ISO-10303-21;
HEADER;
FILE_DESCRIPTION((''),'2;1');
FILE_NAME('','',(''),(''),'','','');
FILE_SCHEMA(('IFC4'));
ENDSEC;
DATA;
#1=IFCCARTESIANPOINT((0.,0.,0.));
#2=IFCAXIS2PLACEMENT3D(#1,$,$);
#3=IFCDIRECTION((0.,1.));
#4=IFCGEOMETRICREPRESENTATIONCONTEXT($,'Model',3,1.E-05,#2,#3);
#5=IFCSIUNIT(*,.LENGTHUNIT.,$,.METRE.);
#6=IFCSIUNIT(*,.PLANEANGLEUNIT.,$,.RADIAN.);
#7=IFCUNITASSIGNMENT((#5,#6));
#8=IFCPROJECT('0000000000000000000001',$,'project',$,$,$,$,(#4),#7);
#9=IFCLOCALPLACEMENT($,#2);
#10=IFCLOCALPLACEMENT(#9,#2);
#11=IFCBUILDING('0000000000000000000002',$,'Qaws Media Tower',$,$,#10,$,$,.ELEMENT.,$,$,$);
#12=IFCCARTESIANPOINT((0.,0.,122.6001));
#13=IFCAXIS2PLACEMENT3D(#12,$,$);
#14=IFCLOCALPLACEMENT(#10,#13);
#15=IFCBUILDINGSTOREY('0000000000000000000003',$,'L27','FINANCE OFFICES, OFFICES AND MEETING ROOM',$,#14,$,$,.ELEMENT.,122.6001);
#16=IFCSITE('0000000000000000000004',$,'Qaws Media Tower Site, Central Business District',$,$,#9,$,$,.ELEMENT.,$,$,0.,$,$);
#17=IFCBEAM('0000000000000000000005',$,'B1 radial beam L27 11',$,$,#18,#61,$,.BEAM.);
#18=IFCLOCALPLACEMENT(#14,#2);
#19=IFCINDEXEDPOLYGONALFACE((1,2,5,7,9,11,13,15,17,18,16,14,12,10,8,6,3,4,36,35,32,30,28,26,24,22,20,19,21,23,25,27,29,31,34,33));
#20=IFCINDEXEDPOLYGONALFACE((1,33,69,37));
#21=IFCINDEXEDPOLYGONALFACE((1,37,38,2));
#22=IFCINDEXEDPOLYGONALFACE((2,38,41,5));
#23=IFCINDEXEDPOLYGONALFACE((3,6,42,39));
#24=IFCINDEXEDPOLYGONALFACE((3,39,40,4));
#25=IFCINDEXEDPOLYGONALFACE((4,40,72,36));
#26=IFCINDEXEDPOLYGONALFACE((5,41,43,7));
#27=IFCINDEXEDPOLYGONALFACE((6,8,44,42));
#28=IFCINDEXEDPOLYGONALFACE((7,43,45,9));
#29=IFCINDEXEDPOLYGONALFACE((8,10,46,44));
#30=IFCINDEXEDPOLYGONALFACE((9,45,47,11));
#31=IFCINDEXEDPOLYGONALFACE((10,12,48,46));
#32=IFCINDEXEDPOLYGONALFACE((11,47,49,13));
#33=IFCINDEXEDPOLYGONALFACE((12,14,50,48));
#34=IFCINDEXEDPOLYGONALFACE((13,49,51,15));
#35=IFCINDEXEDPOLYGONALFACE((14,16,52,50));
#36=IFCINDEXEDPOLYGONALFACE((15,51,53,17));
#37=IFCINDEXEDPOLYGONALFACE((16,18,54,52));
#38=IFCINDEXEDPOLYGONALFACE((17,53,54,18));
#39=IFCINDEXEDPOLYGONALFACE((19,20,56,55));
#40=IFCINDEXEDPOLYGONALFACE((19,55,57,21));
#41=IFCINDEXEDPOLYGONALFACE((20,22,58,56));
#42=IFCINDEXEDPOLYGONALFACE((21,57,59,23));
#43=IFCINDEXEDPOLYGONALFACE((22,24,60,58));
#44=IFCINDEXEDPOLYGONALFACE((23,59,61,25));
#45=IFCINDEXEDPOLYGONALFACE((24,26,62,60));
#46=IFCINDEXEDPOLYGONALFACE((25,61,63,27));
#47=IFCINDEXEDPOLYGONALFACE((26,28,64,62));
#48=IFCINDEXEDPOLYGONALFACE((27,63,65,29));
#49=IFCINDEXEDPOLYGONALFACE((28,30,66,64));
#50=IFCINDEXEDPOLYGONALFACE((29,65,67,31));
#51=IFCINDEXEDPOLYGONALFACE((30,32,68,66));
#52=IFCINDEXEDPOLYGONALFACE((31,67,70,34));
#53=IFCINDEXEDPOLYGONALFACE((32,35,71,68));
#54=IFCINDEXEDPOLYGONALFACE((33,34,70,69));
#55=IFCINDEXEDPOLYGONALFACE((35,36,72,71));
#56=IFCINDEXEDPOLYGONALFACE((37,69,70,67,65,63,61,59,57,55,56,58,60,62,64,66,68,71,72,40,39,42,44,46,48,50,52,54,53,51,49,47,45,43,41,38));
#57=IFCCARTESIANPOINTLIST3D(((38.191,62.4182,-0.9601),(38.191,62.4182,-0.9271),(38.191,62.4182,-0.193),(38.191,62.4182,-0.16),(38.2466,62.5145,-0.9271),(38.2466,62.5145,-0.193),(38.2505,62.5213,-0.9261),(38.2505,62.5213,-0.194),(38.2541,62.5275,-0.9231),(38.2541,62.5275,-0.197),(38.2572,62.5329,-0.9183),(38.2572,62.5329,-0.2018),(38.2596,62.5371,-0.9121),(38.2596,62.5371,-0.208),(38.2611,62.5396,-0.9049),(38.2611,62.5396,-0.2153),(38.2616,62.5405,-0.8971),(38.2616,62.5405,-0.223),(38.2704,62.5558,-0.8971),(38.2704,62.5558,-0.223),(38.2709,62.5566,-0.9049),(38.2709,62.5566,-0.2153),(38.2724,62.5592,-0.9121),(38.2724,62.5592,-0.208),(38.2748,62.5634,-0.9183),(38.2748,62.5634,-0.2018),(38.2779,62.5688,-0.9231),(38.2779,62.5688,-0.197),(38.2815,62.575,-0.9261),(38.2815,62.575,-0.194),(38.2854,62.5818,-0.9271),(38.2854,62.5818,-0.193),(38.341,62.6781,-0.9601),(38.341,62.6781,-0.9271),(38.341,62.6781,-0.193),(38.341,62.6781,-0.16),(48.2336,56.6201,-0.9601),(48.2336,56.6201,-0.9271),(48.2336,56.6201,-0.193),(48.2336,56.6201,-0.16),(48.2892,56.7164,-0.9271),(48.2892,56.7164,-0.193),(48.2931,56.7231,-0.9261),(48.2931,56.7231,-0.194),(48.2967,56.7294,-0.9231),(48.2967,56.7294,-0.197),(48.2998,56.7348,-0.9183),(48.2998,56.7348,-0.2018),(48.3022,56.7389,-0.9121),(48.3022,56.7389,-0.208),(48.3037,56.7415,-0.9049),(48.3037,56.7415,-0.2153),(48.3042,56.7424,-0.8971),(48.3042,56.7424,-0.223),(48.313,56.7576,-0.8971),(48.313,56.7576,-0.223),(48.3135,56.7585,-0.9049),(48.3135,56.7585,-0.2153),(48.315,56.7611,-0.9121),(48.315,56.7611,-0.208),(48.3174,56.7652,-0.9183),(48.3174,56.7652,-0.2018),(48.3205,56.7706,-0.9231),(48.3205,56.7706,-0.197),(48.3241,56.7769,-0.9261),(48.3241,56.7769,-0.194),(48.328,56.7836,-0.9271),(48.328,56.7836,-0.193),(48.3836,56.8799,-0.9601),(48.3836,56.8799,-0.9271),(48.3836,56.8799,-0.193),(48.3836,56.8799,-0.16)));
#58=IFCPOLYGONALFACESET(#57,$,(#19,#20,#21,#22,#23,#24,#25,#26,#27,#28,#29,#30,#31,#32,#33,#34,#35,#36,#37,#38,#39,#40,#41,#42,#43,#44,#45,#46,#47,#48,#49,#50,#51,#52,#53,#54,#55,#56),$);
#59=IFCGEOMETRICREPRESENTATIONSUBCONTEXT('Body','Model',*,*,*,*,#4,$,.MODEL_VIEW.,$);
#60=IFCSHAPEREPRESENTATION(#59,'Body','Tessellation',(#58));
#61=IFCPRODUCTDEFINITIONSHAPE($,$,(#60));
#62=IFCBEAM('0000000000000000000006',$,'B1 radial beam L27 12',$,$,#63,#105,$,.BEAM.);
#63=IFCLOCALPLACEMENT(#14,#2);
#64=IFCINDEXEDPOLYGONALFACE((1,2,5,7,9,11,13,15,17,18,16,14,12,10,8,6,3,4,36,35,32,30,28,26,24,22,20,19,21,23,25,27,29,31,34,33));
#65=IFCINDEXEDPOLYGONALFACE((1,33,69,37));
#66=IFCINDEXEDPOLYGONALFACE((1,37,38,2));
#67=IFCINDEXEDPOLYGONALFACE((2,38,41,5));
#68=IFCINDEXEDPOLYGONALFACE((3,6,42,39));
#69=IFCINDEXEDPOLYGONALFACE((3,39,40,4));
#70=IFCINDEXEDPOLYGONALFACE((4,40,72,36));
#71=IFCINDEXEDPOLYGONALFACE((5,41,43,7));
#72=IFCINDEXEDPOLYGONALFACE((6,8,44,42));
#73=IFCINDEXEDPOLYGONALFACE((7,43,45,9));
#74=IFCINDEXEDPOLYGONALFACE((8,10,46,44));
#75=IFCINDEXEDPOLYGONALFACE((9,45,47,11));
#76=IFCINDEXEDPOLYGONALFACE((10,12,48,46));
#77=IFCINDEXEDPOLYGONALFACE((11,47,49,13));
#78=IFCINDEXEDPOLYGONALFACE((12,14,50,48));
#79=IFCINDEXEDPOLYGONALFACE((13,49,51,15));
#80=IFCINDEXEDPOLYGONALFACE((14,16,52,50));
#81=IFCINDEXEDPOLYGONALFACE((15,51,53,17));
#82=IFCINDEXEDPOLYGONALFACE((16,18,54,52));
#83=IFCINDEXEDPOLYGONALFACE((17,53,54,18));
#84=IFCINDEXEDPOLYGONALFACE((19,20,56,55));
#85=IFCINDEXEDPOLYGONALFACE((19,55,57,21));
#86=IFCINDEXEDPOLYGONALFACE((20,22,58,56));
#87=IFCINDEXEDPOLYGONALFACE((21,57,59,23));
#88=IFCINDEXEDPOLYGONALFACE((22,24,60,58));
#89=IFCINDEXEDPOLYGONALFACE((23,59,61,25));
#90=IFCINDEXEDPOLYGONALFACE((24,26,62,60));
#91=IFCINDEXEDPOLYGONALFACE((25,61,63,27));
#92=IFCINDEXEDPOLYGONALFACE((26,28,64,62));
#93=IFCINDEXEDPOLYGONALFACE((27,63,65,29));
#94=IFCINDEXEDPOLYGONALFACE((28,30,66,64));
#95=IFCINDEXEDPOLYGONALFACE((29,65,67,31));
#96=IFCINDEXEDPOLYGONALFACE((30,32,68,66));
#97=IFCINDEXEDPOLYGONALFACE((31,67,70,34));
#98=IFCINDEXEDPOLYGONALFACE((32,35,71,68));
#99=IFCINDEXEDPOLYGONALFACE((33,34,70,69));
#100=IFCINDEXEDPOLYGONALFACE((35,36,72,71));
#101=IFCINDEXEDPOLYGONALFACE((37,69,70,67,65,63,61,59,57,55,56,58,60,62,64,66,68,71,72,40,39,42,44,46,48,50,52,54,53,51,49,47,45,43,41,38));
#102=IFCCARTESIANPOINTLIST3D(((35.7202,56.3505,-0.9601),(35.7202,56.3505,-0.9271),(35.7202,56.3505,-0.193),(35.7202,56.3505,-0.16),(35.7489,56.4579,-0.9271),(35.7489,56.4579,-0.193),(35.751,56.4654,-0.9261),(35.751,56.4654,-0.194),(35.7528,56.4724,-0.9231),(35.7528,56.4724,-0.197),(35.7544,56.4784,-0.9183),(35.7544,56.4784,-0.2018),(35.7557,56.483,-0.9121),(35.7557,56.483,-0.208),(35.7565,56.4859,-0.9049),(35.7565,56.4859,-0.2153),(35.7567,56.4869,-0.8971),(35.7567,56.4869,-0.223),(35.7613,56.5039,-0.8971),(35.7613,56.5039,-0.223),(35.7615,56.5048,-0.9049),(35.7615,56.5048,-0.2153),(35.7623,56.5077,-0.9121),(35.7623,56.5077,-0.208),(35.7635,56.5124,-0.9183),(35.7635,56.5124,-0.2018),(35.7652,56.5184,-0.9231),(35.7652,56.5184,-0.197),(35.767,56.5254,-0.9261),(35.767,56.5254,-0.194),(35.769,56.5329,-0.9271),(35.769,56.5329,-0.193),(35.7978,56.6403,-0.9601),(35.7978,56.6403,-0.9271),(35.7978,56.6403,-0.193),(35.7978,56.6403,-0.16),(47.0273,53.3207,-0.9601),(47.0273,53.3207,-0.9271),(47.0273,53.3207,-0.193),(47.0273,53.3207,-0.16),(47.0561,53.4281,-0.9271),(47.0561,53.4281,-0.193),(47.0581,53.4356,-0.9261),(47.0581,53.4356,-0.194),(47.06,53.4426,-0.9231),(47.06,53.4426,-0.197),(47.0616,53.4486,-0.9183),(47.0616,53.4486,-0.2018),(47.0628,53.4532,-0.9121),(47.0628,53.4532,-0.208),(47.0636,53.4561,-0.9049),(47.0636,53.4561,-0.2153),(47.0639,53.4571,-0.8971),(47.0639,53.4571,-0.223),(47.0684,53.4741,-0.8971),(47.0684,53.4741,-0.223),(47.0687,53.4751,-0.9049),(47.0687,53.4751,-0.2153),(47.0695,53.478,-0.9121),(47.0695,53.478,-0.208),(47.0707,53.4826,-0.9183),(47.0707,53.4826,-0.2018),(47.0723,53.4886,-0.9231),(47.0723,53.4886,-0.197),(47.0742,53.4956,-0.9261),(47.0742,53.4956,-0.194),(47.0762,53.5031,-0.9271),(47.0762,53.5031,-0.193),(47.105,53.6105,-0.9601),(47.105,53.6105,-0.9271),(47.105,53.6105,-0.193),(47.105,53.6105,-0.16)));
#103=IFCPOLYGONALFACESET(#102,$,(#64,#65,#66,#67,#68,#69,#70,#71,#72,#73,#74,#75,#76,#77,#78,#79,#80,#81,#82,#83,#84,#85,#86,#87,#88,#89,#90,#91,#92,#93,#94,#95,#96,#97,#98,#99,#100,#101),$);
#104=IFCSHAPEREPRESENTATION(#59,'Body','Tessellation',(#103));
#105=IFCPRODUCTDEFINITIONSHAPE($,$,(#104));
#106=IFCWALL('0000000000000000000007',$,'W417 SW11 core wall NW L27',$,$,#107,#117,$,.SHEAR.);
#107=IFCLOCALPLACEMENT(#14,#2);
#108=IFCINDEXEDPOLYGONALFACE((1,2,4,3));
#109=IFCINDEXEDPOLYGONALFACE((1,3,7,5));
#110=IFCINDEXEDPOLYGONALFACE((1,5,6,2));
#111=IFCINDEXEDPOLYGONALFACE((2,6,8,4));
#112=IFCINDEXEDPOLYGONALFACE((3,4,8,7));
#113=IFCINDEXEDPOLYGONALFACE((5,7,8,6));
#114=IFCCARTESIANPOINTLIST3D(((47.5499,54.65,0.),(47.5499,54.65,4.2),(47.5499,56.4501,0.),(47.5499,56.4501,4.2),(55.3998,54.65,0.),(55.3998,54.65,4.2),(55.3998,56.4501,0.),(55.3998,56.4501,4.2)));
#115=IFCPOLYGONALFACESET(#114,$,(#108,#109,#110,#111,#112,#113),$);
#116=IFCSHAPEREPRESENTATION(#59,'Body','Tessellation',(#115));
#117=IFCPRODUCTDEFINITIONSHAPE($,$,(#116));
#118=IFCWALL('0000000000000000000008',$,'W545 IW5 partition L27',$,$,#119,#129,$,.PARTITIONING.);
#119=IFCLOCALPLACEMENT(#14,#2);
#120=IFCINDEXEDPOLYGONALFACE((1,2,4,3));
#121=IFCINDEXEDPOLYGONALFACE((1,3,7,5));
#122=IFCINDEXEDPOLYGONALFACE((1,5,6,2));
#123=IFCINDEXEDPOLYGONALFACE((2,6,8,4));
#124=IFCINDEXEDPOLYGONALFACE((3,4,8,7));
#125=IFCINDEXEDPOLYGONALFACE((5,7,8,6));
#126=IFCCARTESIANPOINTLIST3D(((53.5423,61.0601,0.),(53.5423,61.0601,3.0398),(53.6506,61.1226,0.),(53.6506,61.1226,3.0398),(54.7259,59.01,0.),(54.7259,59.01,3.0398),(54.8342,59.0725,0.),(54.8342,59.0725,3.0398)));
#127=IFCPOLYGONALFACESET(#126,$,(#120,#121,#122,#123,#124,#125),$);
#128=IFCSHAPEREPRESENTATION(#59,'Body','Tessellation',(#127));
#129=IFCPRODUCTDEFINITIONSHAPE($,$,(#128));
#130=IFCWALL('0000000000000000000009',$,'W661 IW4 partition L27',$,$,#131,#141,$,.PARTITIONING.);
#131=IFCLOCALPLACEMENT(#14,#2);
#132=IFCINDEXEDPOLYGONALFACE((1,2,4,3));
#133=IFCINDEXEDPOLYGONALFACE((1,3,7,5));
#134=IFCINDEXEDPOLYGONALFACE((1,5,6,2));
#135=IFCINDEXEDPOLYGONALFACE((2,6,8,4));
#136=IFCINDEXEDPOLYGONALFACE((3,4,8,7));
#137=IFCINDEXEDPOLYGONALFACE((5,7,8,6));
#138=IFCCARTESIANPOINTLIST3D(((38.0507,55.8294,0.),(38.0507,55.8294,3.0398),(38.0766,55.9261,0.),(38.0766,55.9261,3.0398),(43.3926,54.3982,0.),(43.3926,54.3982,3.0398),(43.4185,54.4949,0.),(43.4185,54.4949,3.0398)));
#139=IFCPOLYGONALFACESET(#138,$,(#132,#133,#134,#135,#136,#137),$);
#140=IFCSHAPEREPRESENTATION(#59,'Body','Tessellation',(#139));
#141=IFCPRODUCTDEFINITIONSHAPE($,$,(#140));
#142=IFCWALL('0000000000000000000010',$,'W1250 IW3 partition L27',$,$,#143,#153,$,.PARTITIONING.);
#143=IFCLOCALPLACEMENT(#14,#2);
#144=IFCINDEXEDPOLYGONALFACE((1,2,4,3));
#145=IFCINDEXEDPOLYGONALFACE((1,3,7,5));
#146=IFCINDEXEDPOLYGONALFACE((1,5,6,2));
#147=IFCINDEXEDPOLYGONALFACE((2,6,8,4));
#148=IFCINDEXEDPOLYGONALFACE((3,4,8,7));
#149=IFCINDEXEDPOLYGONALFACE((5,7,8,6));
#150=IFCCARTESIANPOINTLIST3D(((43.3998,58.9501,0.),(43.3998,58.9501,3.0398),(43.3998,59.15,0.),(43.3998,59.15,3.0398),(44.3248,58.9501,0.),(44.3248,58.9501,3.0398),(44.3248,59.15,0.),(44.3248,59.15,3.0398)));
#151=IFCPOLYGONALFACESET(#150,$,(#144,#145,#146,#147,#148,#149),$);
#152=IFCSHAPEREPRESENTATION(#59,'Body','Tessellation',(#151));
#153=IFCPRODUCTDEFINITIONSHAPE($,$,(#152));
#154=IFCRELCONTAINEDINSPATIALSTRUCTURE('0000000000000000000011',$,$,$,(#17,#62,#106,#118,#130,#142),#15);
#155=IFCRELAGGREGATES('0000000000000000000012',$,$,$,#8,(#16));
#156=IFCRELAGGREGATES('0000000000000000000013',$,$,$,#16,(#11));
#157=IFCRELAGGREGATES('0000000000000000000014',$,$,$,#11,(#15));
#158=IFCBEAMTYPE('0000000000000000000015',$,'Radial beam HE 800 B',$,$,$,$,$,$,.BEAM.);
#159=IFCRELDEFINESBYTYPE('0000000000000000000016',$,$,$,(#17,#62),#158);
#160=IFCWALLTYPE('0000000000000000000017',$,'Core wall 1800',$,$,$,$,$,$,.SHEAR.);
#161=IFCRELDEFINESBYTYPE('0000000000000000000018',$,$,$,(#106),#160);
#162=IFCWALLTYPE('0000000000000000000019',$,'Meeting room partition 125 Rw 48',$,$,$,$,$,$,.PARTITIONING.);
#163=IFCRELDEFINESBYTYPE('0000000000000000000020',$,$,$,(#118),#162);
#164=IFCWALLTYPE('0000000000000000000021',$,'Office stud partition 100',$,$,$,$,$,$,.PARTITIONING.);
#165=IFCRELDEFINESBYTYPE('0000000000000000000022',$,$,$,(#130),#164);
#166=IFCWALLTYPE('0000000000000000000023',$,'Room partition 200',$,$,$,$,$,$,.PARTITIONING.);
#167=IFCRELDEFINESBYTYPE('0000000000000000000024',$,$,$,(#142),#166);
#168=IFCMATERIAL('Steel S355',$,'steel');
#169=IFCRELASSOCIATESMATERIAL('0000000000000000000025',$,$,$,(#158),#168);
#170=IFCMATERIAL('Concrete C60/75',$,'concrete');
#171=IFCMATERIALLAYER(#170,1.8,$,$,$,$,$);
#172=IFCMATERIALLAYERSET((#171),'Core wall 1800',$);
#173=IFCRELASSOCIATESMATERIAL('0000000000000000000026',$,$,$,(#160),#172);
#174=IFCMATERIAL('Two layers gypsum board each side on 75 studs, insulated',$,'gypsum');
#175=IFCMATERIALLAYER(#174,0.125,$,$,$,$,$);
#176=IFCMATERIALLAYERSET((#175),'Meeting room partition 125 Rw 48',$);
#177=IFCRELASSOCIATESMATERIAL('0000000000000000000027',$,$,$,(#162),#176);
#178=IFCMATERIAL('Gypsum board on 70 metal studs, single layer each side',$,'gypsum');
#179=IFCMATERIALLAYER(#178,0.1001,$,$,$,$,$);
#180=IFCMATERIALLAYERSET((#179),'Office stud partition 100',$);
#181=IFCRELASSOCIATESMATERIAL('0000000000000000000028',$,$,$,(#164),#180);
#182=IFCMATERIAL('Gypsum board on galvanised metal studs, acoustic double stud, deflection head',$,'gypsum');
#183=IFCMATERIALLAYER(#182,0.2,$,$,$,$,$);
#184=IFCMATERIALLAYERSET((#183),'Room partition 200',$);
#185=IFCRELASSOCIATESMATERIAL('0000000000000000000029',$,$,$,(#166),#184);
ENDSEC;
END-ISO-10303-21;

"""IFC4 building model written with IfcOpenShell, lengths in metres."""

from ifc_helpers import new_model, si_unit, direction, frame, frame_2d, origin, origin_2d, place, context, subcontext, project, spatial, rectangle, i_section, extrude, material, layer, layer_set, material_profile, profile_set, type_object, element, save


model = new_model("IFC4")

# Units and contexts
model_context = context("Model", 3, precision=1e-05, world=origin(), true_north=direction((0.0, 1.0)))
body_context = subcontext(model_context, "Body", "Model", "MODEL_VIEW")
ifc_project = project(units=[si_unit("LENGTHUNIT", "METRE"), si_unit("PLANEANGLEUNIT", "RADIAN")], contexts=[model_context])

# Site, building, storey
site_placement = place(None, origin())
site = spatial("IfcSite", under=ifc_project, at=site_placement, Name="Qaws Media Tower Site, Central Business District", CompositionType="ELEMENT", RefElevation=0.0)
building_placement = place(site_placement, origin())
building = spatial("IfcBuilding", under=site, at=building_placement, Name="Qaws Media Tower", CompositionType="ELEMENT")
storey_placement = place(building_placement, frame((0.0, 0.0, 122.6001)))
storey = spatial("IfcBuildingStorey", under=building, at=storey_placement, Name="L27", Description="FINANCE OFFICES, OFFICES AND MEETING ROOM", CompositionType="ELEMENT", Elevation=122.6001)

# Beams
ifc_material_1 = material(Name="Steel S355", Category="steel")
ifc_material_profile_1 = material_profile(ifc_material_1, i_section(OverallWidth=0.3, OverallDepth=0.8, WebThickness=0.0176, FlangeThickness=0.033, FilletRadius=0.03, at=origin_2d()), Name="HE 800 B")
ifc_profile_set_1 = profile_set([ifc_material_profile_1], Name="Steel S355")
beam_type_1 = type_object("IfcBeamType", Name="Radial beam HE 800 B", PredefinedType="BEAM", material=ifc_profile_set_1)
beam_1_placement = place(storey_placement, frame((48.3086, 56.75, -0.5601), z_axis=(-0.866023, 0.500004, 0.0), x_axis=(-0.500004, -0.866023, 0.0)))
element("IfcBeam", 1, at=beam_1_placement, inside=storey, type_object=beam_type_1, Name="B1 radial beam L27 11", PredefinedType="BEAM", context=body_context, shape_type="SweptSolid", body=[
    extrude(i_section(OverallWidth=0.3, OverallDepth=0.8, WebThickness=0.0176, FlangeThickness=0.033, FilletRadius=0.03, at=origin_2d()), origin(), (0.0, 0.0, 1.0), 11.5962),
])
beam_2_placement = place(storey_placement, frame((47.0662, 53.4656, -0.5601), z_axis=(-0.965925, 0.258823, 0.0), x_axis=(-0.258823, -0.965925, 0.0)))
element("IfcBeam", 2, at=beam_2_placement, inside=storey, type_object=beam_type_1, Name="B1 radial beam L27 12", PredefinedType="BEAM", context=body_context, shape_type="SweptSolid", body=[
    extrude(i_section(OverallWidth=0.3, OverallDepth=0.8, WebThickness=0.0176, FlangeThickness=0.033, FilletRadius=0.03, at=origin_2d()), origin(), (0.0, 0.0, 1.0), 11.7061),
])

# Walls
ifc_material_2 = material(Name="Concrete C60/75", Category="concrete")
ifc_layer_1 = layer(ifc_material_2, 1.8)
ifc_layer_set_1 = layer_set([ifc_layer_1], Name="Core wall 1800")
wall_type_1 = type_object("IfcWallType", Name="Core wall 1800", PredefinedType="SHEAR", material=ifc_layer_set_1)
wall_1_placement = place(storey_placement, frame((47.55, 55.55, 0.0), z_axis=(0.0, 0.0, 1.0), x_axis=(1.0, 0.0, 0.0)))
element("IfcWall", 3, at=wall_1_placement, inside=storey, type_object=wall_type_1, Name="W417 SW11 core wall NW L27", PredefinedType="SHEAR", context=body_context, shape_type="SweptSolid", body=[
    extrude(rectangle(XDim=7.8499, YDim=1.8, at=frame_2d((3.9248, 0.0))), origin(), (0.0, 0.0, 1.0), 4.2),
])
ifc_material_3 = material(Name="Two layers gypsum board each side on 75 studs, insulated", Category="gypsum")
ifc_layer_2 = layer(ifc_material_3, 0.125)
ifc_layer_set_2 = layer_set([ifc_layer_2], Name="Meeting room partition 125 Rw 48")
wall_type_2 = type_object("IfcWallType", Name="Meeting room partition 125 Rw 48", PredefinedType="PARTITIONING", material=ifc_layer_set_2)
wall_2_placement = place(storey_placement, frame((54.78, 59.0413, 0.0), z_axis=(0.0, 0.0, 1.0), x_axis=(-0.499999, 0.866026, 0.0)))
element("IfcWall", 4, at=wall_2_placement, inside=storey, type_object=wall_type_2, Name="W545 IW5 partition L27", PredefinedType="PARTITIONING", context=body_context, shape_type="SweptSolid", body=[
    extrude(rectangle(XDim=2.3672, YDim=0.125, at=frame_2d((1.1836, 0.0))), origin(), (0.0, 0.0, 1.0), 3.0398),
])
ifc_material_4 = material(Name="Gypsum board on 70 metal studs, single layer each side", Category="gypsum")
ifc_layer_3 = layer(ifc_material_4, 0.1001)
ifc_layer_set_3 = layer_set([ifc_layer_3], Name="Office stud partition 100")
wall_type_3 = type_object("IfcWallType", Name="Office stud partition 100", PredefinedType="PARTITIONING", material=ifc_layer_set_3)
wall_3_placement = place(storey_placement, frame((43.4055, 54.4465, 0.0), z_axis=(0.0, 0.0, 1.0), x_axis=(-0.965934, 0.258789, 0.0)))
element("IfcWall", 5, at=wall_3_placement, inside=storey, type_object=wall_type_3, Name="W661 IW4 partition L27", PredefinedType="PARTITIONING", context=body_context, shape_type="SweptSolid", body=[
    extrude(rectangle(XDim=5.5303, YDim=0.1001, at=frame_2d((2.7651, 0.0))), origin(), (0.0, 0.0, 1.0), 3.0398),
])
ifc_material_5 = material(Name="Gypsum board on galvanised metal studs, acoustic double stud, deflection head", Category="gypsum")
ifc_layer_4 = layer(ifc_material_5, 0.2)
ifc_layer_set_4 = layer_set([ifc_layer_4], Name="Room partition 200")
wall_type_4 = type_object("IfcWallType", Name="Room partition 200", PredefinedType="PARTITIONING", material=ifc_layer_set_4)
wall_4_placement = place(storey_placement, frame((43.3999, 59.05, 0.0), z_axis=(0.0, 0.0, 1.0), x_axis=(1.0, 0.0, 0.0)))
element("IfcWall", 6, at=wall_4_placement, inside=storey, type_object=wall_type_4, Name="W1250 IW3 partition L27", PredefinedType="PARTITIONING", context=body_context, shape_type="SweptSolid", body=[
    extrude(rectangle(XDim=0.925, YDim=0.2, at=frame_2d((0.4624, 0.0))), origin(), (0.0, 0.0, 1.0), 3.0398),
])

save(model, "model.ifc")
